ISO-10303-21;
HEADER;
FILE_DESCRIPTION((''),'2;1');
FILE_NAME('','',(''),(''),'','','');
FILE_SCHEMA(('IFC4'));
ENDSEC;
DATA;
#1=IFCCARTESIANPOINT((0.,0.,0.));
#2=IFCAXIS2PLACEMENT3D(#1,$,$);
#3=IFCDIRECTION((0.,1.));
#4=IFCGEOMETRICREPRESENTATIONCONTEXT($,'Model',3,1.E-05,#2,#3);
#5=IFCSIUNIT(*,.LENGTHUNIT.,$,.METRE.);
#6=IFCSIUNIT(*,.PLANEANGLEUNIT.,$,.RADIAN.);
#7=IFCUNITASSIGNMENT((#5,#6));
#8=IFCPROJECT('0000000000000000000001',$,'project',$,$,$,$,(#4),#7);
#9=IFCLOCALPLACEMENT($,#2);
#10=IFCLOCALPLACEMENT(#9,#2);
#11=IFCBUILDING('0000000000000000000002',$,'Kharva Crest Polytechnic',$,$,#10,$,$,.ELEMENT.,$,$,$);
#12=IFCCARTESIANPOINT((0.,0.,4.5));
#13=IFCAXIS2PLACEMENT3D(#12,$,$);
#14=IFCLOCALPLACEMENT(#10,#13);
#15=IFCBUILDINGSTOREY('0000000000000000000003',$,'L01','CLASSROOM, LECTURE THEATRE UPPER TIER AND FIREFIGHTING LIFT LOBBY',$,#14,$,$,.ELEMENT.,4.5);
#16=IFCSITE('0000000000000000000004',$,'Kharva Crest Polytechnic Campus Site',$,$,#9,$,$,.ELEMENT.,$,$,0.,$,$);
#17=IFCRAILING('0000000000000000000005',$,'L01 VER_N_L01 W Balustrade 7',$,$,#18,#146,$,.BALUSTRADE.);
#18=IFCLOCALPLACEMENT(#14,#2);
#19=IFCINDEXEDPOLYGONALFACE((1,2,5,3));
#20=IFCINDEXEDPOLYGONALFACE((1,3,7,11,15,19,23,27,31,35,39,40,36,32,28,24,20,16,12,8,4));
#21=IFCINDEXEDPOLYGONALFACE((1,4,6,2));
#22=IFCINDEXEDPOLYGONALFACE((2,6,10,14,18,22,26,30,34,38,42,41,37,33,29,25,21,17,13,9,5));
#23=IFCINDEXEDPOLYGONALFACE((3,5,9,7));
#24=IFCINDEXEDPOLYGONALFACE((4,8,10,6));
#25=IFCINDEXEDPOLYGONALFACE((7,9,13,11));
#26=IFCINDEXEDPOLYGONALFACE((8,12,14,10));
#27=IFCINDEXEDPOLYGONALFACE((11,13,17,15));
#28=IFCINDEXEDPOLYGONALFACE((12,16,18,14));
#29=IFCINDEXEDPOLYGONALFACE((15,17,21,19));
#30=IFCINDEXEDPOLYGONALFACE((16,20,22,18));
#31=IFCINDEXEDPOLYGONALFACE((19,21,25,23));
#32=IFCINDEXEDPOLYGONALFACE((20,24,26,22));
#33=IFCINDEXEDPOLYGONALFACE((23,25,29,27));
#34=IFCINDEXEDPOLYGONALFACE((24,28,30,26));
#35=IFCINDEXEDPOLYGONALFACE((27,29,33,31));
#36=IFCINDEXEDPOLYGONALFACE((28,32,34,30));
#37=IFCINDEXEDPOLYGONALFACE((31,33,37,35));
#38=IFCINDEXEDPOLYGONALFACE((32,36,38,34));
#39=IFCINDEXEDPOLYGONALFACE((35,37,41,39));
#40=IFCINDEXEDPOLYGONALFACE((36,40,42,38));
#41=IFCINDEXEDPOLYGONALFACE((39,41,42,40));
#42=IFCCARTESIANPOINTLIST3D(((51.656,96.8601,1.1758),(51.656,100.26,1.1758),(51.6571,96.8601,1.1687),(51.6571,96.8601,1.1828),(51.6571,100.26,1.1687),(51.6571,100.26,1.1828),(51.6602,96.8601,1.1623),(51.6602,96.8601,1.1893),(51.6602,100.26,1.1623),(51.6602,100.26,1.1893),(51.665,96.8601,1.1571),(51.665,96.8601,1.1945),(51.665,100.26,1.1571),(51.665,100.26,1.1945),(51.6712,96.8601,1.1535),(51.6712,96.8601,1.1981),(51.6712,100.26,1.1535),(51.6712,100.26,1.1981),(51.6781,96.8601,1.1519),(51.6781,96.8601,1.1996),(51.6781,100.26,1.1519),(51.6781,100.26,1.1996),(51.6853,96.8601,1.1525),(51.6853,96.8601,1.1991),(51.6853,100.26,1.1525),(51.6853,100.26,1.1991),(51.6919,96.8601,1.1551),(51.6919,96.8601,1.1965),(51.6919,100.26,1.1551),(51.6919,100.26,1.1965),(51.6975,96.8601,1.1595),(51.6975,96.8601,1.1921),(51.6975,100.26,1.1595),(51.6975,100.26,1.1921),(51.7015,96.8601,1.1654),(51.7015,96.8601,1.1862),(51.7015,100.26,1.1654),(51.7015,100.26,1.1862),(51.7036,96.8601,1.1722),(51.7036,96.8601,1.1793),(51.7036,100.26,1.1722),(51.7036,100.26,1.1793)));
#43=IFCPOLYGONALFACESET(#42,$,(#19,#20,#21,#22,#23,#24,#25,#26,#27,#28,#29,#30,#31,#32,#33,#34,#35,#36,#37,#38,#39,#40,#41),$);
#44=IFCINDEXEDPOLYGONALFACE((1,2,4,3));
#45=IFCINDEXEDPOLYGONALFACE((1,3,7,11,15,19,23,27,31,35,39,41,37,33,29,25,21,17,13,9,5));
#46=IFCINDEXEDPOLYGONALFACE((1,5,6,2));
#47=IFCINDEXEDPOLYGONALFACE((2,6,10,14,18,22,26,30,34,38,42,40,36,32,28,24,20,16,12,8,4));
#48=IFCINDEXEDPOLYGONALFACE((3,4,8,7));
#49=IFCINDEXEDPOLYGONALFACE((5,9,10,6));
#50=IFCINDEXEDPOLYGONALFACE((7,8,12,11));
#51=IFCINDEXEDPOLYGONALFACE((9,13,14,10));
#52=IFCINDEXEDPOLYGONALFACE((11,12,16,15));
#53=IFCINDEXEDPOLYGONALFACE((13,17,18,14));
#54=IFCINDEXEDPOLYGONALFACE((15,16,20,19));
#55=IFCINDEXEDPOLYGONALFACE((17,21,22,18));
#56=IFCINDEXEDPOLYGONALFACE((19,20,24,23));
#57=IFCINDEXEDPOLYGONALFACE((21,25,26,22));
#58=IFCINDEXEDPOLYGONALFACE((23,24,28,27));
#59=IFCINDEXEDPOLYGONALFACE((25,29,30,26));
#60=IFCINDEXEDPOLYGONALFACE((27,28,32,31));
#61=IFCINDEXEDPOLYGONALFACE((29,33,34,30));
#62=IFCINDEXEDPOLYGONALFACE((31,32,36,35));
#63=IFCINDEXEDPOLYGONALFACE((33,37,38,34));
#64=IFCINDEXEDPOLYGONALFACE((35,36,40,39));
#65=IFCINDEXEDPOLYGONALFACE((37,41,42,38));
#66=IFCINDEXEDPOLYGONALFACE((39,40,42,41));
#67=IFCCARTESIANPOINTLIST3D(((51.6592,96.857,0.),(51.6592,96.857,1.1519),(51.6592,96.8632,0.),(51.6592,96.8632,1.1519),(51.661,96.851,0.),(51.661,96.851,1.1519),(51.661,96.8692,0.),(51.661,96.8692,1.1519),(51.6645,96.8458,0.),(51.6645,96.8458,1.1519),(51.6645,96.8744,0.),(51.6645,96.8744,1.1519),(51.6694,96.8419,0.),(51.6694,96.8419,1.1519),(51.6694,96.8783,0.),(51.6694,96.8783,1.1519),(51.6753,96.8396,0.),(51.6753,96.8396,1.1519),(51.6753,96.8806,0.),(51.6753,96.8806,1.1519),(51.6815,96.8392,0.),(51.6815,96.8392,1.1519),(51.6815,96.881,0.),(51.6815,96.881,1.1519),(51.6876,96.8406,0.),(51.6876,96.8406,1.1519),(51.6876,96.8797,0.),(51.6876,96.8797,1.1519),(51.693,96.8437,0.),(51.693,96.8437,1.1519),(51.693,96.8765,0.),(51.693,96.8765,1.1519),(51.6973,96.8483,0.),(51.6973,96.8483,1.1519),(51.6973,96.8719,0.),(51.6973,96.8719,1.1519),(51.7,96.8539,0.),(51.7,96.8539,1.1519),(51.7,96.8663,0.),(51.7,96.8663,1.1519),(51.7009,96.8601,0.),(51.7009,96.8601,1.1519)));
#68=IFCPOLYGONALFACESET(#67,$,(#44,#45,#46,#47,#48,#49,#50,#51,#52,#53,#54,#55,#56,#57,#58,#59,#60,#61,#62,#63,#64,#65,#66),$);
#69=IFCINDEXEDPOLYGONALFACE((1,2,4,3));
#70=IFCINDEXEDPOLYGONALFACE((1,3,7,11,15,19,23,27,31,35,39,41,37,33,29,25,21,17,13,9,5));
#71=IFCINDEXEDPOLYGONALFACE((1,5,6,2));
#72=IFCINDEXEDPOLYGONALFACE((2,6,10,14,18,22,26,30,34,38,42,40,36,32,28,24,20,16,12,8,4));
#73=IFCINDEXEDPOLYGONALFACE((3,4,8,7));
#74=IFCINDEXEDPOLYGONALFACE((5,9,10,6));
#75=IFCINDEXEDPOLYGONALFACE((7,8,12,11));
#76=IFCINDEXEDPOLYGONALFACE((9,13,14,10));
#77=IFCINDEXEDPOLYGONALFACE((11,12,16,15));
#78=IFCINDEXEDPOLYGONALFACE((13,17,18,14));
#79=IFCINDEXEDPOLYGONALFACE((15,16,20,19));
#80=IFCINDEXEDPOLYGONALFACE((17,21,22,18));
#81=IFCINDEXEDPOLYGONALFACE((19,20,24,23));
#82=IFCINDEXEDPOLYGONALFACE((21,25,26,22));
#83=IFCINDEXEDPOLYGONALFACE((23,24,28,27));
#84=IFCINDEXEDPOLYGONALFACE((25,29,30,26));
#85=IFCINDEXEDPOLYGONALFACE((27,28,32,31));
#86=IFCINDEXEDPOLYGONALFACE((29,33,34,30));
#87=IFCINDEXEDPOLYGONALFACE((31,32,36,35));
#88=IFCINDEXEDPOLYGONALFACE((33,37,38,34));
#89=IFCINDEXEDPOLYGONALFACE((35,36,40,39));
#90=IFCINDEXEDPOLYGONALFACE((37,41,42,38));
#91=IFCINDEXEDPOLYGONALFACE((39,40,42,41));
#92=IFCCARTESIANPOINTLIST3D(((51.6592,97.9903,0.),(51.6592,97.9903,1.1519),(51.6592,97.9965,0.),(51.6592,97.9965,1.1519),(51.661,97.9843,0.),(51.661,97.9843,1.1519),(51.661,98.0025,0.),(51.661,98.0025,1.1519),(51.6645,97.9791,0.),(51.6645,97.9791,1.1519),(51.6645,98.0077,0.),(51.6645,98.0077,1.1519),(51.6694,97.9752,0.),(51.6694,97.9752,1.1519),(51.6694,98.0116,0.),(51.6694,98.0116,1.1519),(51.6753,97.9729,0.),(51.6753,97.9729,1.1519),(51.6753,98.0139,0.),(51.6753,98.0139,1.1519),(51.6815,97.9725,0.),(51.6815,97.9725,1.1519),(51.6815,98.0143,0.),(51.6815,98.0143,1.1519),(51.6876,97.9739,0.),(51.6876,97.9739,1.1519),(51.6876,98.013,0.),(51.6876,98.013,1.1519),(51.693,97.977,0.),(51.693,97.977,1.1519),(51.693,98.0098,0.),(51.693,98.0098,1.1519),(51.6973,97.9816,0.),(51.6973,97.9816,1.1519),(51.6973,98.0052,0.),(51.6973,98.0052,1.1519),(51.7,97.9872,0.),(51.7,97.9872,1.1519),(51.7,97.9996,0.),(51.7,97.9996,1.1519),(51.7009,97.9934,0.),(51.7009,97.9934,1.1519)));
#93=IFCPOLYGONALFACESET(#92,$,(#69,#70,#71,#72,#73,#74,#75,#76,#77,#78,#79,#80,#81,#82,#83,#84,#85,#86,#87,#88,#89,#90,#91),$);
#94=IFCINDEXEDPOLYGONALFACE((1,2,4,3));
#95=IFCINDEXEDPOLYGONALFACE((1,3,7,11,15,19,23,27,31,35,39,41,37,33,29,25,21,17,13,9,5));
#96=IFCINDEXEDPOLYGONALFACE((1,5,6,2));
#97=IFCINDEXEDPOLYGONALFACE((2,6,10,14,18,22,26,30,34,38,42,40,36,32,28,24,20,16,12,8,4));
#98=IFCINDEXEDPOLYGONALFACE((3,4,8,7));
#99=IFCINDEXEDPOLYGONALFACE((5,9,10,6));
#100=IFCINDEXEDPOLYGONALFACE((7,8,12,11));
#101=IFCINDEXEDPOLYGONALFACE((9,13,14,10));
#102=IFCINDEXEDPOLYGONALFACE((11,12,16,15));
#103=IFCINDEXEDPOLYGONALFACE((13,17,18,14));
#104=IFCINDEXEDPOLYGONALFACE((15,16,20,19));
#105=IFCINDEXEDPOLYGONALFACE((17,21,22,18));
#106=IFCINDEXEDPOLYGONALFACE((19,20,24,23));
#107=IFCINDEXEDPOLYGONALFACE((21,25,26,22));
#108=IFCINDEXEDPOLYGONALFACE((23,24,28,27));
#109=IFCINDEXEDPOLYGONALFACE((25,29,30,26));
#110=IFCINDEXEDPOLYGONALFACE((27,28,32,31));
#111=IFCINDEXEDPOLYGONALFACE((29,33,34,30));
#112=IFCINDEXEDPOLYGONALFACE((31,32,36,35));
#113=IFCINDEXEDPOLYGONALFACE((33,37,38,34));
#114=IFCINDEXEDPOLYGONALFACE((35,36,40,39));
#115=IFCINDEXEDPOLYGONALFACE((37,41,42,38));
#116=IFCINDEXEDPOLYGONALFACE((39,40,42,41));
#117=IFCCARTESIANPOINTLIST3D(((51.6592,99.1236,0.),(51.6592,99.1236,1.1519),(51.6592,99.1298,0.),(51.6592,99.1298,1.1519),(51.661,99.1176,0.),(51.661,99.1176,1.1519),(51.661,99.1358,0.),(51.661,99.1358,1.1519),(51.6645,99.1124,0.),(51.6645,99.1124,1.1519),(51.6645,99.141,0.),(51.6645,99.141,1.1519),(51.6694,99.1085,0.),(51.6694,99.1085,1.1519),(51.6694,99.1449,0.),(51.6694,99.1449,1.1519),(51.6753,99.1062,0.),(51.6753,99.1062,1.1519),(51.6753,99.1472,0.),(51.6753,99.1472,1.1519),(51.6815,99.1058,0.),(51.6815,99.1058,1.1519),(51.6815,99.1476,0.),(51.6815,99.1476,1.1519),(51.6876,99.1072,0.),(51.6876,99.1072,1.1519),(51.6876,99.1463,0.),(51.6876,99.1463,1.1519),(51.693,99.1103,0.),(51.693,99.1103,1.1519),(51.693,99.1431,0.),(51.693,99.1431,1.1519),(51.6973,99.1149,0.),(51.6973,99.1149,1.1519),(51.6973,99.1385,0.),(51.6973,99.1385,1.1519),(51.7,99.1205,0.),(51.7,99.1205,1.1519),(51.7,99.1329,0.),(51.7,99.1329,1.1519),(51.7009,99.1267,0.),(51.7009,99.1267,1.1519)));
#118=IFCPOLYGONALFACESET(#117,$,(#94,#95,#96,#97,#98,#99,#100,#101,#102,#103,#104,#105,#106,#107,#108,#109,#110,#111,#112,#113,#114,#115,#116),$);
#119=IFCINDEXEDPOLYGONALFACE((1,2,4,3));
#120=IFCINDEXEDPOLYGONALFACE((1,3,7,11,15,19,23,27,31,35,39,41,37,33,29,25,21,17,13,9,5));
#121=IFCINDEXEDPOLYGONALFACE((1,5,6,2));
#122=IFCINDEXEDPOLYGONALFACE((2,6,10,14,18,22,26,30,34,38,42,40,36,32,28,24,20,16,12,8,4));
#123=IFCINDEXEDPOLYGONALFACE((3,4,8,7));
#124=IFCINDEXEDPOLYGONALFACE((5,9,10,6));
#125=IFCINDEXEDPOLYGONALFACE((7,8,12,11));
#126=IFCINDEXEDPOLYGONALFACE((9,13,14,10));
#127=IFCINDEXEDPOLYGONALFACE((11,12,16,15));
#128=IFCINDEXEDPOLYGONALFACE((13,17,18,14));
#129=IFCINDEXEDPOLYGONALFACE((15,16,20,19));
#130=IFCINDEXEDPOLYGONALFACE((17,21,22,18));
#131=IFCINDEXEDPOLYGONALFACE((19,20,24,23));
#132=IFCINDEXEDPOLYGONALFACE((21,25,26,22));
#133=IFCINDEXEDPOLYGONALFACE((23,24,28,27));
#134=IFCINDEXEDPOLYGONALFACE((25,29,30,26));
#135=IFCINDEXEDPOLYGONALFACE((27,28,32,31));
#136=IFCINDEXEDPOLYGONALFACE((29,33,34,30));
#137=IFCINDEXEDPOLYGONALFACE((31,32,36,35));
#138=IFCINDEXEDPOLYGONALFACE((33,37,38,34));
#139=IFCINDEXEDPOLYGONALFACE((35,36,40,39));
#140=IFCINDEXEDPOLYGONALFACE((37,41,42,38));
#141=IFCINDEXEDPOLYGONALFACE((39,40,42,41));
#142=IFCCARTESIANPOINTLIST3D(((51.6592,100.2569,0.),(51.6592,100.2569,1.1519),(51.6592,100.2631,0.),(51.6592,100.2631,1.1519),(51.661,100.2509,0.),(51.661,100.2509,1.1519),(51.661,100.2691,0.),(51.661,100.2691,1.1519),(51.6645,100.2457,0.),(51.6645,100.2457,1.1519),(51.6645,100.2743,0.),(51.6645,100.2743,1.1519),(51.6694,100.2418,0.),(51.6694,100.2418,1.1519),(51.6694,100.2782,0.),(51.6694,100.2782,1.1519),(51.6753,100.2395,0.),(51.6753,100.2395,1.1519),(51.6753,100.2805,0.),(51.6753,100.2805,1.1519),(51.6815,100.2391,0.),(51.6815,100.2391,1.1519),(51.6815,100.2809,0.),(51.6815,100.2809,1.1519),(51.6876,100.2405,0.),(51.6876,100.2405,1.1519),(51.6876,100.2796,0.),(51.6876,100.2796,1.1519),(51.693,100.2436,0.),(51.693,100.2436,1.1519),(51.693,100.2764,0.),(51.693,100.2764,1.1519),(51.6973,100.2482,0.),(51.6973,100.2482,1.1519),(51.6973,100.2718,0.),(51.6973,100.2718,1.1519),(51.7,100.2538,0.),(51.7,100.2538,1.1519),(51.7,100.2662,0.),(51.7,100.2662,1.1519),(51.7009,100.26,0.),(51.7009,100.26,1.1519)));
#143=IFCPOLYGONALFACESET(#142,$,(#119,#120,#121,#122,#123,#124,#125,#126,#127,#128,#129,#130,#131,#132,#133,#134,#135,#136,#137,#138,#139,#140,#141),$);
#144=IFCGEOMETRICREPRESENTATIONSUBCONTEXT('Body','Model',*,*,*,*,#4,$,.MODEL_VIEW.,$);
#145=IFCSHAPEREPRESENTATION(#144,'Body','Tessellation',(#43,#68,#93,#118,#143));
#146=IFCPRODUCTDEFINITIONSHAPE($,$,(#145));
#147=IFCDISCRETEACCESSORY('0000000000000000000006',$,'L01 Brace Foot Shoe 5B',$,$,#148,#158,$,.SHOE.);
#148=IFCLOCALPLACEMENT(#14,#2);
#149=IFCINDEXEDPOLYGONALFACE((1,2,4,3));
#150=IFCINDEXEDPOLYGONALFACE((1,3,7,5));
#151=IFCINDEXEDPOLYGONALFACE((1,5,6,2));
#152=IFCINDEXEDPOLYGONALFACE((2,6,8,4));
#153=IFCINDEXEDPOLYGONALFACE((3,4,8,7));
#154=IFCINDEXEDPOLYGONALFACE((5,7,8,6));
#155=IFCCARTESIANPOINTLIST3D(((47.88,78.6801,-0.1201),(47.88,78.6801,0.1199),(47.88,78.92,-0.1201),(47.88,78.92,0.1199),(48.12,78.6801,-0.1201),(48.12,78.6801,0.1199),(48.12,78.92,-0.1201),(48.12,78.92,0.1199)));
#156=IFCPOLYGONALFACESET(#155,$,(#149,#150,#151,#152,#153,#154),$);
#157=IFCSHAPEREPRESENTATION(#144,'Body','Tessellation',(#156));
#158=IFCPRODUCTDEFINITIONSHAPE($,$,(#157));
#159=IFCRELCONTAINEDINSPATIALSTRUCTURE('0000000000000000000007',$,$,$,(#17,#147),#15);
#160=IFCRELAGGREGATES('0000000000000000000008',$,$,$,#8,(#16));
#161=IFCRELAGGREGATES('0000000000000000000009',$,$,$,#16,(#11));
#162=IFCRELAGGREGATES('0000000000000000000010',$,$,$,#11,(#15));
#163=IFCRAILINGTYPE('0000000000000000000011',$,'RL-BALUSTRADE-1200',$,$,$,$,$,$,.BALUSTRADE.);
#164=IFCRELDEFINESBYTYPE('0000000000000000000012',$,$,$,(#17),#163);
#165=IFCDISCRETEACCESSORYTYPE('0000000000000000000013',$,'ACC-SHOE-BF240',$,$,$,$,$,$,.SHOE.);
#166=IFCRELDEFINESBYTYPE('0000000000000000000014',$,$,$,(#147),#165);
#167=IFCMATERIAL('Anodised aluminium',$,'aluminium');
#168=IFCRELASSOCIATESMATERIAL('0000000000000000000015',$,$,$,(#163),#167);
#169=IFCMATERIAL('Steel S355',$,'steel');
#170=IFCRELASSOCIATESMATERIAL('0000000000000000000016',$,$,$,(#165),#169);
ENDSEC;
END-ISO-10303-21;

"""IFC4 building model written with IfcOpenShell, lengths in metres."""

from ifc_helpers import new_model, si_unit, direction, frame, origin, origin_2d, place, context, subcontext, project, spatial, rectangle, circle, extrude, material, type_object, element, save


model = new_model("IFC4")

# Units and contexts
model_context = context("Model", 3, precision=1e-05, world=origin(), true_north=direction((0.0, 1.0)))
body_context = subcontext(model_context, "Body", "Model", "MODEL_VIEW")
ifc_project = project(units=[si_unit("LENGTHUNIT", "METRE"), si_unit("PLANEANGLEUNIT", "RADIAN")], contexts=[model_context])

# Site, building, storey
site_placement = place(None, origin())
site = spatial("IfcSite", under=ifc_project, at=site_placement, Name="Kharva Crest Polytechnic Campus Site", CompositionType="ELEMENT", RefElevation=0.0)
building_placement = place(site_placement, origin())
building = spatial("IfcBuilding", under=site, at=building_placement, Name="Kharva Crest Polytechnic", CompositionType="ELEMENT")
storey_placement = place(building_placement, frame((0.0, 0.0, 4.5)))
storey = spatial("IfcBuildingStorey", under=building, at=storey_placement, Name="L01", Description="CLASSROOM, LECTURE THEATRE UPPER TIER AND FIREFIGHTING LIFT LOBBY", CompositionType="ELEMENT", Elevation=4.5)

# Shared definitions
ifc_material_1 = material(Name="Steel S355", Category="steel")

# Shared definitions
ifc_material_2 = material(Name="Anodised aluminium", Category="aluminium")

# Railing
railing_type = type_object("IfcRailingType", Name="RL-BALUSTRADE-1200", PredefinedType="BALUSTRADE", material=ifc_material_2)
railing_1_placement = place(storey_placement, frame((51.6799, 96.8601, 0.0)))
element("IfcRailing", 1, at=railing_1_placement, inside=storey, type_object=railing_type, Name="L01 VER_N_L01 W Balustrade 7", PredefinedType="BALUSTRADE", context=body_context, shape_type="SweptSolid", body=[
    extrude(circle(Radius=0.0239, at=origin_2d()), frame((0.0, 0.0, 1.1758), z_axis=(0.0, 1.0, 0.0), x_axis=(-1.0, 0.0, 0.0)), (0.0, 0.0, 1.0), 3.3999),
    extrude(circle(Radius=0.021, at=origin_2d()), origin(), (0.0, 0.0, 1.0), 1.1519),
    extrude(circle(Radius=0.021, at=origin_2d()), frame((0.0, 1.1333, 0.0)), (0.0, 0.0, 1.0), 1.1519),
    extrude(circle(Radius=0.021, at=origin_2d()), frame((0.0, 2.2666, 0.0)), (0.0, 0.0, 1.0), 1.1519),
    extrude(circle(Radius=0.021, at=origin_2d()), frame((0.0, 3.3999, 0.0)), (0.0, 0.0, 1.0), 1.1519),
])

# Discrete accessory
discrete_accessory_type = type_object("IfcDiscreteAccessoryType", Name="ACC-SHOE-BF240", PredefinedType="SHOE", material=ifc_material_1)
discrete_accessory_placement = place(storey_placement, frame((48.0, 78.8, -0.1201), z_axis=(0.0, 0.0, 1.0), x_axis=(1.0, 0.0, 0.0)))
element("IfcDiscreteAccessory", 2, at=discrete_accessory_placement, inside=storey, type_object=discrete_accessory_type, Name="L01 Brace Foot Shoe 5B", PredefinedType="SHOE", context=body_context, shape_type="SweptSolid", body=[
    extrude(rectangle(XDim=0.24, YDim=0.24, at=origin_2d()), origin(), (0.0, 0.0, 1.0), 0.24),
])

save(model, "model.ifc")
